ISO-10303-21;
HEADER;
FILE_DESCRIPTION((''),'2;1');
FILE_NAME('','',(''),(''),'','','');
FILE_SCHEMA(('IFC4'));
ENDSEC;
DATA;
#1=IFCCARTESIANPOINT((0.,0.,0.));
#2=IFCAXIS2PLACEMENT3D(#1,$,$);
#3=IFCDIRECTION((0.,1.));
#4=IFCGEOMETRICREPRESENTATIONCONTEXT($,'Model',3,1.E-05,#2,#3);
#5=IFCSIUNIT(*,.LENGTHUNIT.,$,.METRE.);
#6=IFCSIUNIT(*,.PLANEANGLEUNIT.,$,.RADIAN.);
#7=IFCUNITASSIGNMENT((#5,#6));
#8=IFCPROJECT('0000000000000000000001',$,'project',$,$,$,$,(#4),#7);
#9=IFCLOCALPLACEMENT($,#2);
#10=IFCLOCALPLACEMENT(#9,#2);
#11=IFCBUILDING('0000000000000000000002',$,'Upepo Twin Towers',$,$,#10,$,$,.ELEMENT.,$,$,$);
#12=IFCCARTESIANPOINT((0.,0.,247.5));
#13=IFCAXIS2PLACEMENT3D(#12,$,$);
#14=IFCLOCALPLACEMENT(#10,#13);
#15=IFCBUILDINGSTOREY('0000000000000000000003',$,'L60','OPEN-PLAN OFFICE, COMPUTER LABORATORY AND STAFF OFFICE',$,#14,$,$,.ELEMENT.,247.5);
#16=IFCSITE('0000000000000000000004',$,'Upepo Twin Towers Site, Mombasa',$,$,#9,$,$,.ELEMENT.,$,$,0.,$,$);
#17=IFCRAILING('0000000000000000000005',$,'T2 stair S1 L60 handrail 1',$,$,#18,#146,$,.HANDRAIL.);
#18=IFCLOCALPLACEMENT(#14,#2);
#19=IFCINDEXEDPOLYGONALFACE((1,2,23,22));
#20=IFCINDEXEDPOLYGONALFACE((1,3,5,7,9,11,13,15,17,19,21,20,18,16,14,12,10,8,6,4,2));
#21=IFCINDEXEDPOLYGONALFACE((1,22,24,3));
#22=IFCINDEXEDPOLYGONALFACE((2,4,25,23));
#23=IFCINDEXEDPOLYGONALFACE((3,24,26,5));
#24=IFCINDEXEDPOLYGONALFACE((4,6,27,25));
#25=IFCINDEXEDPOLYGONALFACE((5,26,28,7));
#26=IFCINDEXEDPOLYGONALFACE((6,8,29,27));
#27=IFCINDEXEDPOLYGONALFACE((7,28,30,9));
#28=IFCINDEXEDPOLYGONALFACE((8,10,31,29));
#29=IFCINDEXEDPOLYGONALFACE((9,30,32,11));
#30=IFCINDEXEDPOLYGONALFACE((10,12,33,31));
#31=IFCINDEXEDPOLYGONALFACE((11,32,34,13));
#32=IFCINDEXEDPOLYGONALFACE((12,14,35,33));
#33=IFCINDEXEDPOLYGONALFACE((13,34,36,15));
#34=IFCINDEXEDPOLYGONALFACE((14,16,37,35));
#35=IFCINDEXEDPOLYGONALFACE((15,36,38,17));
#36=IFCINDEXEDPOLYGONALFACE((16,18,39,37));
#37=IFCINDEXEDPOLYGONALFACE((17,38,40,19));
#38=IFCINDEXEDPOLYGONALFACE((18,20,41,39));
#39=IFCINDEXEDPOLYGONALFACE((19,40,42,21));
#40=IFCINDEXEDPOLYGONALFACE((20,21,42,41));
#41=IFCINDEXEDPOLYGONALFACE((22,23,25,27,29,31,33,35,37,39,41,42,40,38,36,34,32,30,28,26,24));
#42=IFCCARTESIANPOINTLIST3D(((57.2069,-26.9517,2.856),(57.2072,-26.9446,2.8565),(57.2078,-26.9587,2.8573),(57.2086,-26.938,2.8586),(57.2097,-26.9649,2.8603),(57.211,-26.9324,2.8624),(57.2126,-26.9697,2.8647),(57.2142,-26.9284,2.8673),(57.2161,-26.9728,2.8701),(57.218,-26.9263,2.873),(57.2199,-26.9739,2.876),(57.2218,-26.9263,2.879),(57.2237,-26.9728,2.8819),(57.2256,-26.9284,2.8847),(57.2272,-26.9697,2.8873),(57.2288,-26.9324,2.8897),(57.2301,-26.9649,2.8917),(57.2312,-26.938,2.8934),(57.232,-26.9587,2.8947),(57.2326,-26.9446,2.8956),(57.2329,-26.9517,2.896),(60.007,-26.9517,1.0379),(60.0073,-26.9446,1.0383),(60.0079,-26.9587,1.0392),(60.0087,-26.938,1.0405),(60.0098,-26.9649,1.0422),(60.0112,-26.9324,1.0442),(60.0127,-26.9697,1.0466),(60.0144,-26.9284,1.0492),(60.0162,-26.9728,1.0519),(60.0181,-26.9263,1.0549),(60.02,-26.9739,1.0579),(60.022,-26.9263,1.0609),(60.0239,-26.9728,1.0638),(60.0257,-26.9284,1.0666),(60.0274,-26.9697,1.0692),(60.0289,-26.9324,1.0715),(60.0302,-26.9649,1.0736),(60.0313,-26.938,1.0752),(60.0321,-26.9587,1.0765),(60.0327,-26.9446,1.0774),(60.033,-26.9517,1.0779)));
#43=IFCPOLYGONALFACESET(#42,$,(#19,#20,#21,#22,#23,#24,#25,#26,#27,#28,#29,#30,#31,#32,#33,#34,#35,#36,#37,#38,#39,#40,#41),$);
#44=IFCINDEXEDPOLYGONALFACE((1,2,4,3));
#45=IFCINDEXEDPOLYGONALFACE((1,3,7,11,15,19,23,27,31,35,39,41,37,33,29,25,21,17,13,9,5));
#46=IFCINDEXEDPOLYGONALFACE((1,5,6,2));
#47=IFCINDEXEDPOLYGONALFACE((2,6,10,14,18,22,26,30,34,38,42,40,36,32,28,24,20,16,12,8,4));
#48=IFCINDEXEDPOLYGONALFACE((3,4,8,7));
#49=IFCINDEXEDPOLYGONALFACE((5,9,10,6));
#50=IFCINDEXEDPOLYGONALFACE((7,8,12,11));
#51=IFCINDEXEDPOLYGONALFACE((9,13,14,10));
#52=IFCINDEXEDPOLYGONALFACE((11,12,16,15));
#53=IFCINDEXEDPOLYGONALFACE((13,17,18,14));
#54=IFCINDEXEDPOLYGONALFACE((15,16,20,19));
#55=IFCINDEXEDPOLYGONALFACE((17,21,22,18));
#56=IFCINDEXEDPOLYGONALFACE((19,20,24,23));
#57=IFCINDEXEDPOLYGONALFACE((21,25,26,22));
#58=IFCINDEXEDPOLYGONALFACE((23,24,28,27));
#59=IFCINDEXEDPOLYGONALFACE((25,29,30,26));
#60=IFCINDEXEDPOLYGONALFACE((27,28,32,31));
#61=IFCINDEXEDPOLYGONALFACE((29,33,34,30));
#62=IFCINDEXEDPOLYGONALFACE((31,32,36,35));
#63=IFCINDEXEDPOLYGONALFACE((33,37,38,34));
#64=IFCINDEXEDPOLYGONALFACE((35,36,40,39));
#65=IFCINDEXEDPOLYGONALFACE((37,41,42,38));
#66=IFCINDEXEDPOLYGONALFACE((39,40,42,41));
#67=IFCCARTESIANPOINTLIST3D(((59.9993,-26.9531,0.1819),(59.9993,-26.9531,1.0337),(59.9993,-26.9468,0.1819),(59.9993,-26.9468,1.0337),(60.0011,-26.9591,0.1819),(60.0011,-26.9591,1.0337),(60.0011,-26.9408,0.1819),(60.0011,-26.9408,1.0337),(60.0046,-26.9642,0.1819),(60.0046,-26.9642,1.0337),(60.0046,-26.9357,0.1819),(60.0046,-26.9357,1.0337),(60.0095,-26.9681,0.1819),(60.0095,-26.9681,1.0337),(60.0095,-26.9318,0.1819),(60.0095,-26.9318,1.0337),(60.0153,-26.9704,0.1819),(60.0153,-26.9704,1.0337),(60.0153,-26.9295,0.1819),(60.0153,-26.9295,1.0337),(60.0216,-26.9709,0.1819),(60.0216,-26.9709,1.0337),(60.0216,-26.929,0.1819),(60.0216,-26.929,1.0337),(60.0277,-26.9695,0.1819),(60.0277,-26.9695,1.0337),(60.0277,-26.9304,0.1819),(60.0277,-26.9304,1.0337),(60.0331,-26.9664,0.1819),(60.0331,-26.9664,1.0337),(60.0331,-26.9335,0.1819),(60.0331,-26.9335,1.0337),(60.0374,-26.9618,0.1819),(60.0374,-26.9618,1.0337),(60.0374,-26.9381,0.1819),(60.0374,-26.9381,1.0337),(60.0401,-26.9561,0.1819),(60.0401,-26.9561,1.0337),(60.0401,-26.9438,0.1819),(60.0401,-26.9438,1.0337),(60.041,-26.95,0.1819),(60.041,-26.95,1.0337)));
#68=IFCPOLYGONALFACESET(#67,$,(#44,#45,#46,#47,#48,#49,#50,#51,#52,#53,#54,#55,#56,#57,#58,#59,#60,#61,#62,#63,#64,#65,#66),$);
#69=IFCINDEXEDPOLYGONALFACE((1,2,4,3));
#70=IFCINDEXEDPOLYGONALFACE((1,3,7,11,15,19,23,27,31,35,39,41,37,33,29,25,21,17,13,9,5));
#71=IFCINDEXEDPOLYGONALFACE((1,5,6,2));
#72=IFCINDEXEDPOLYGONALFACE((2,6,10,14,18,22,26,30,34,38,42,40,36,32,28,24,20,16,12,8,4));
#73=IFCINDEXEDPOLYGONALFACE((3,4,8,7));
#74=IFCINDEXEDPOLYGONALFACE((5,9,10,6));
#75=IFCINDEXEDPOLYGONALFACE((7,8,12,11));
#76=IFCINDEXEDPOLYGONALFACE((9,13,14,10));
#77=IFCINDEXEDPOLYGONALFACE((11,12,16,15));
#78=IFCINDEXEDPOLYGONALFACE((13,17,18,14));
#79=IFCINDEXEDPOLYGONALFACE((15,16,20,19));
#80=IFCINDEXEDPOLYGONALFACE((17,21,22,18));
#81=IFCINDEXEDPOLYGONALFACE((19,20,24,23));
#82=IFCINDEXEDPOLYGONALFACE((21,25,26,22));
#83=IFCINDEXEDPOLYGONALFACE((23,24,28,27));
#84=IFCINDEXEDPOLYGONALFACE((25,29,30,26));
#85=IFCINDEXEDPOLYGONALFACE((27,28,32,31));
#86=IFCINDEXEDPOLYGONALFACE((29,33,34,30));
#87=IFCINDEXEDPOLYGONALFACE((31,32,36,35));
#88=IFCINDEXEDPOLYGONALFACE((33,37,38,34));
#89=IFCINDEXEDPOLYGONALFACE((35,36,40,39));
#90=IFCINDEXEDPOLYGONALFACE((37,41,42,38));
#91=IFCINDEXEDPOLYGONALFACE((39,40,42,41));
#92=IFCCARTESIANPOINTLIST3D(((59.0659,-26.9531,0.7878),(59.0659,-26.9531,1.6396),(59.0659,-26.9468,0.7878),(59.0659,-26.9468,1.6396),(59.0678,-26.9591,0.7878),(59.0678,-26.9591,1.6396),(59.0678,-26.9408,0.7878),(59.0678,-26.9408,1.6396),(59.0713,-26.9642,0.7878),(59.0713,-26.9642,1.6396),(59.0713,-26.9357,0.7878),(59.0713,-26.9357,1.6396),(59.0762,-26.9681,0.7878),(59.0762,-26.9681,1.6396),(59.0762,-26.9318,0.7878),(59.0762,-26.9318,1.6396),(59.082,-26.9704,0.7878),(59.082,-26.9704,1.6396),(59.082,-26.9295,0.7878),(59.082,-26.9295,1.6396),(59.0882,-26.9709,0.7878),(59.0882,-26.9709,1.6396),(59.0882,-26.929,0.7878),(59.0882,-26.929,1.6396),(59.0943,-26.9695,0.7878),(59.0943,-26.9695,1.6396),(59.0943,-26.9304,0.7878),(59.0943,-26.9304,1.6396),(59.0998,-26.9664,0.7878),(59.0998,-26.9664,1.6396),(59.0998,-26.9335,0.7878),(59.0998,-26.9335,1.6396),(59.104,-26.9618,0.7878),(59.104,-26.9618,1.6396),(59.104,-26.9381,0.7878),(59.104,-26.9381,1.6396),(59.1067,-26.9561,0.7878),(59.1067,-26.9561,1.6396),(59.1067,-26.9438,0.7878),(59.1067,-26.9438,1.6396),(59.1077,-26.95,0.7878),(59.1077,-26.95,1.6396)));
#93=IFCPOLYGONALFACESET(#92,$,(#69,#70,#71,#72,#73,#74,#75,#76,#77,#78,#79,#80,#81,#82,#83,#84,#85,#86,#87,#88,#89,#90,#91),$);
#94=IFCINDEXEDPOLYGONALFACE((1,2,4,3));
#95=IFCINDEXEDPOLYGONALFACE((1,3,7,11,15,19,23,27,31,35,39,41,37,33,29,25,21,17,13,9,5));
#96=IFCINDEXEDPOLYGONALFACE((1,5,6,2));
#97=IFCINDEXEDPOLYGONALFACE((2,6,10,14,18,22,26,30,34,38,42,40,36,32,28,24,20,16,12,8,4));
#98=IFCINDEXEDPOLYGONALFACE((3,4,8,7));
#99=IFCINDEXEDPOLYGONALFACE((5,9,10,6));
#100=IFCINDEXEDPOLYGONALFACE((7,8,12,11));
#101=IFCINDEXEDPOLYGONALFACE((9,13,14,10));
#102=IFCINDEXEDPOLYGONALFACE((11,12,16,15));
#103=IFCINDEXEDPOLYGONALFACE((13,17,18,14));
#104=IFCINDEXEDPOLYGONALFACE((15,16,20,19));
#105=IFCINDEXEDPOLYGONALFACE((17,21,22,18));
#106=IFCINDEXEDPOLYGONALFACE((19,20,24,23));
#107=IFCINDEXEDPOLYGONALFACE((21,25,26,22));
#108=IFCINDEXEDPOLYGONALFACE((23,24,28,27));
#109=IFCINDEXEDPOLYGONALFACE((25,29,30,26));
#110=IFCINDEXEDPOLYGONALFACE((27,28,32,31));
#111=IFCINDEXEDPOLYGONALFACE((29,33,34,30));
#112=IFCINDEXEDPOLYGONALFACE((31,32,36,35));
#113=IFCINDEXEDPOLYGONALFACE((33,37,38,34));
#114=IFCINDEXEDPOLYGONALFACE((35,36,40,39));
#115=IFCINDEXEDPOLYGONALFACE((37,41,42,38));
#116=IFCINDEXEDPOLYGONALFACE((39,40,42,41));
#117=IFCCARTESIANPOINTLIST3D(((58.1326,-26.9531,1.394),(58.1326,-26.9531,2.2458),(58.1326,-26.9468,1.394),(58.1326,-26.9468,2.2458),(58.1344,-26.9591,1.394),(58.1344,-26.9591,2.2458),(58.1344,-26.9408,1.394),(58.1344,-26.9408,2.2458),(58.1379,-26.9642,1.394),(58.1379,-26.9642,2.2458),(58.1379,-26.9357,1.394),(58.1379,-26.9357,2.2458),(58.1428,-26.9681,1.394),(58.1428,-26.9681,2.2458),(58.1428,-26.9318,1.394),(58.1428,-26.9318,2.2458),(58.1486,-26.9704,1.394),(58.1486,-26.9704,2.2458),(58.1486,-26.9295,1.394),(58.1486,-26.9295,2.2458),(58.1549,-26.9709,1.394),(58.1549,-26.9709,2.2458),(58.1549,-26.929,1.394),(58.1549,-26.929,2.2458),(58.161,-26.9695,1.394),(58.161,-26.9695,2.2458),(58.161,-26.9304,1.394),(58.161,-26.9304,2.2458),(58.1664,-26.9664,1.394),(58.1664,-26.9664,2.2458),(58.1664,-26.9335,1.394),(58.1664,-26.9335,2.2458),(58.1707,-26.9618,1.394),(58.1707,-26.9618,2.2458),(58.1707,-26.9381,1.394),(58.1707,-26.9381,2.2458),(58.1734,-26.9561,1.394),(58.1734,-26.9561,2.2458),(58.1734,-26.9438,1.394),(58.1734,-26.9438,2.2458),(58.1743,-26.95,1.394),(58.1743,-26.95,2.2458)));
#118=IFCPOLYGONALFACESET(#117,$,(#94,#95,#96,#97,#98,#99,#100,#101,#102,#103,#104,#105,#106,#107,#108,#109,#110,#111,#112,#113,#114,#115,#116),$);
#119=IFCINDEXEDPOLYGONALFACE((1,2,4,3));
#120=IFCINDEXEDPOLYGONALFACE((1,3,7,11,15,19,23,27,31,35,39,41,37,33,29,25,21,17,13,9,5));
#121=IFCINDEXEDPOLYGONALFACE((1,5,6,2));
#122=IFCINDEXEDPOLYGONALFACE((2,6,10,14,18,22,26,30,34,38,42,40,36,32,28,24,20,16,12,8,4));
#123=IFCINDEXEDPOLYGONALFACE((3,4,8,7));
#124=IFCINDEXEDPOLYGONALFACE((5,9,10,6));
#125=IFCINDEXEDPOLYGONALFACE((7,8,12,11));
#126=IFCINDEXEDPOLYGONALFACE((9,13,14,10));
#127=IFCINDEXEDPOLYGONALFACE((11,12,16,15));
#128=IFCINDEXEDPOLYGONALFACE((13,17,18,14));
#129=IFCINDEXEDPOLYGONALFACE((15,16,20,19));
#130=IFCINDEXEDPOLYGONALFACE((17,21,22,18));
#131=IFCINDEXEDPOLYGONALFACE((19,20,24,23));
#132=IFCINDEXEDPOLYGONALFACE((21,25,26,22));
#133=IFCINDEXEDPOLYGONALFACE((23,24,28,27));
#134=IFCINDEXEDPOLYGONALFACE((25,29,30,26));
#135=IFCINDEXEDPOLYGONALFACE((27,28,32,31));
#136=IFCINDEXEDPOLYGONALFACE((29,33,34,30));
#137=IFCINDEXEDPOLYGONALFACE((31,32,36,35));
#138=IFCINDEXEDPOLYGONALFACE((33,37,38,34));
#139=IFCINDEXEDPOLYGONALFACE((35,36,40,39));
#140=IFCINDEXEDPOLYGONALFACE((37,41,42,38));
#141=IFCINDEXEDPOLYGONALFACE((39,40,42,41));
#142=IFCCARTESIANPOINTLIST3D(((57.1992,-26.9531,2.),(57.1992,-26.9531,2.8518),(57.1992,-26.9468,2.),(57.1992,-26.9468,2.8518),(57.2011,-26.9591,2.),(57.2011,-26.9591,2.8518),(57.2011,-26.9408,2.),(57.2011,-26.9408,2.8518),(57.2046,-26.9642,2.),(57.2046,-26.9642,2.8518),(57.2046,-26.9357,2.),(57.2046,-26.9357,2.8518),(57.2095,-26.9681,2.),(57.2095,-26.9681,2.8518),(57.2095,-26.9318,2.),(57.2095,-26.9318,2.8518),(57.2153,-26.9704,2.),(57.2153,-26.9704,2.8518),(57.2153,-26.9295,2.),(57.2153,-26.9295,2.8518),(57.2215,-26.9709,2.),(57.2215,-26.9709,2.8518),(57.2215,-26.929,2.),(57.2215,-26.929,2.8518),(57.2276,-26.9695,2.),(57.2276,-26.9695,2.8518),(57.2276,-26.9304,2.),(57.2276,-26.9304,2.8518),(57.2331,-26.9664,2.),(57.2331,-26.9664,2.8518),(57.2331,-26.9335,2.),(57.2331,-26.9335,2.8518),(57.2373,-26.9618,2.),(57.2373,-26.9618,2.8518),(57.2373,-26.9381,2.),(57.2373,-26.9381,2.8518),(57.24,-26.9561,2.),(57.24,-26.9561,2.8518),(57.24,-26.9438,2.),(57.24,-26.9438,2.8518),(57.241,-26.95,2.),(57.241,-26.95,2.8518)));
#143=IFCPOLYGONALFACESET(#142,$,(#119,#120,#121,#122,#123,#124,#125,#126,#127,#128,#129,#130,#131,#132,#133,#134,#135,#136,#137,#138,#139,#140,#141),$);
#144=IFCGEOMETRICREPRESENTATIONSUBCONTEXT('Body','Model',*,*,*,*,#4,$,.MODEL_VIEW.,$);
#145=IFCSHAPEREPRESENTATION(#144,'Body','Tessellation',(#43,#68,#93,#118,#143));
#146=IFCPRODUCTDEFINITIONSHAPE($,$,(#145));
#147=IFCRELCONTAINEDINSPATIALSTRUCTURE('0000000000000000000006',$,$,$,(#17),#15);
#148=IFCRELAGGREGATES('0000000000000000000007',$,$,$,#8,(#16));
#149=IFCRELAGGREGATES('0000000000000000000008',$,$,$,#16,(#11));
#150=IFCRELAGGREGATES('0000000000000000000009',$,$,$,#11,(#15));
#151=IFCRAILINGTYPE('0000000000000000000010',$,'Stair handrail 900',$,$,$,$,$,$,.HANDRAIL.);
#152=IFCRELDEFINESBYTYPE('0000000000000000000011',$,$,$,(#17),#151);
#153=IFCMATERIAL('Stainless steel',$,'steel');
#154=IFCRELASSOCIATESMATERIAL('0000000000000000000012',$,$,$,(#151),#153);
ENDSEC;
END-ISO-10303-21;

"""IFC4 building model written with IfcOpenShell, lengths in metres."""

from ifc_helpers import new_model, si_unit, direction, frame, origin, origin_2d, place, context, subcontext, project, spatial, circle, extrude, material, type_object, element, save


model = new_model("IFC4")

# Units and contexts
model_context = context("Model", 3, precision=1e-05, world=origin(), true_north=direction((0.0, 1.0)))
body_context = subcontext(model_context, "Body", "Model", "MODEL_VIEW")
ifc_project = project(units=[si_unit("LENGTHUNIT", "METRE"), si_unit("PLANEANGLEUNIT", "RADIAN")], contexts=[model_context])

# Site, building, storey
site_placement = place(None, origin())
site = spatial("IfcSite", under=ifc_project, at=site_placement, Name="Upepo Twin Towers Site, Mombasa", CompositionType="ELEMENT", RefElevation=0.0)
building_placement = place(site_placement, origin())
building = spatial("IfcBuilding", under=site, at=building_placement, Name="Upepo Twin Towers", CompositionType="ELEMENT")
storey_placement = place(building_placement, frame((0.0, 0.0, 247.5)))
storey = spatial("IfcBuildingStorey", under=building, at=storey_placement, Name="L60", Description="OPEN-PLAN OFFICE, COMPUTER LABORATORY AND STAFF OFFICE", CompositionType="ELEMENT", Elevation=247.5)

# Railing
ifc_material_1 = material(Name="Stainless steel", Category="steel")
railing_type = type_object("IfcRailingType", Name="Stair handrail 900", PredefinedType="HANDRAIL", material=ifc_material_1)
railing_1_placement = place(storey_placement, frame((60.02, -26.95, 0.1819)))
element("IfcRailing", 1, at=railing_1_placement, inside=storey, type_object=railing_type, Name="T2 stair S1 L60 handrail 1", PredefinedType="HANDRAIL", context=body_context, shape_type="SweptSolid", body=[
    extrude(circle(Radius=0.0239, at=origin_2d()), frame((0.0, 0.0, 0.876), z_axis=(-0.838706, 0.0, 0.544585), x_axis=(0.0, -1.0, 0.0)), (0.0, 0.0, 1.0), 3.3386),
    extrude(circle(Radius=0.021, at=origin_2d()), origin(), (0.0, 0.0, 1.0), 0.8518),
    extrude(circle(Radius=0.021, at=origin_2d()), frame((-0.9333, 0.0, 0.606)), (0.0, 0.0, 1.0), 0.8518),
    extrude(circle(Radius=0.021, at=origin_2d()), frame((-1.8667, 0.0, 1.2122)), (0.0, 0.0, 1.0), 0.8518),
    extrude(circle(Radius=0.021, at=origin_2d()), frame((-2.8, 0.0, 1.8181)), (0.0, 0.0, 1.0), 0.8518),
])

save(model, "model.ifc")
